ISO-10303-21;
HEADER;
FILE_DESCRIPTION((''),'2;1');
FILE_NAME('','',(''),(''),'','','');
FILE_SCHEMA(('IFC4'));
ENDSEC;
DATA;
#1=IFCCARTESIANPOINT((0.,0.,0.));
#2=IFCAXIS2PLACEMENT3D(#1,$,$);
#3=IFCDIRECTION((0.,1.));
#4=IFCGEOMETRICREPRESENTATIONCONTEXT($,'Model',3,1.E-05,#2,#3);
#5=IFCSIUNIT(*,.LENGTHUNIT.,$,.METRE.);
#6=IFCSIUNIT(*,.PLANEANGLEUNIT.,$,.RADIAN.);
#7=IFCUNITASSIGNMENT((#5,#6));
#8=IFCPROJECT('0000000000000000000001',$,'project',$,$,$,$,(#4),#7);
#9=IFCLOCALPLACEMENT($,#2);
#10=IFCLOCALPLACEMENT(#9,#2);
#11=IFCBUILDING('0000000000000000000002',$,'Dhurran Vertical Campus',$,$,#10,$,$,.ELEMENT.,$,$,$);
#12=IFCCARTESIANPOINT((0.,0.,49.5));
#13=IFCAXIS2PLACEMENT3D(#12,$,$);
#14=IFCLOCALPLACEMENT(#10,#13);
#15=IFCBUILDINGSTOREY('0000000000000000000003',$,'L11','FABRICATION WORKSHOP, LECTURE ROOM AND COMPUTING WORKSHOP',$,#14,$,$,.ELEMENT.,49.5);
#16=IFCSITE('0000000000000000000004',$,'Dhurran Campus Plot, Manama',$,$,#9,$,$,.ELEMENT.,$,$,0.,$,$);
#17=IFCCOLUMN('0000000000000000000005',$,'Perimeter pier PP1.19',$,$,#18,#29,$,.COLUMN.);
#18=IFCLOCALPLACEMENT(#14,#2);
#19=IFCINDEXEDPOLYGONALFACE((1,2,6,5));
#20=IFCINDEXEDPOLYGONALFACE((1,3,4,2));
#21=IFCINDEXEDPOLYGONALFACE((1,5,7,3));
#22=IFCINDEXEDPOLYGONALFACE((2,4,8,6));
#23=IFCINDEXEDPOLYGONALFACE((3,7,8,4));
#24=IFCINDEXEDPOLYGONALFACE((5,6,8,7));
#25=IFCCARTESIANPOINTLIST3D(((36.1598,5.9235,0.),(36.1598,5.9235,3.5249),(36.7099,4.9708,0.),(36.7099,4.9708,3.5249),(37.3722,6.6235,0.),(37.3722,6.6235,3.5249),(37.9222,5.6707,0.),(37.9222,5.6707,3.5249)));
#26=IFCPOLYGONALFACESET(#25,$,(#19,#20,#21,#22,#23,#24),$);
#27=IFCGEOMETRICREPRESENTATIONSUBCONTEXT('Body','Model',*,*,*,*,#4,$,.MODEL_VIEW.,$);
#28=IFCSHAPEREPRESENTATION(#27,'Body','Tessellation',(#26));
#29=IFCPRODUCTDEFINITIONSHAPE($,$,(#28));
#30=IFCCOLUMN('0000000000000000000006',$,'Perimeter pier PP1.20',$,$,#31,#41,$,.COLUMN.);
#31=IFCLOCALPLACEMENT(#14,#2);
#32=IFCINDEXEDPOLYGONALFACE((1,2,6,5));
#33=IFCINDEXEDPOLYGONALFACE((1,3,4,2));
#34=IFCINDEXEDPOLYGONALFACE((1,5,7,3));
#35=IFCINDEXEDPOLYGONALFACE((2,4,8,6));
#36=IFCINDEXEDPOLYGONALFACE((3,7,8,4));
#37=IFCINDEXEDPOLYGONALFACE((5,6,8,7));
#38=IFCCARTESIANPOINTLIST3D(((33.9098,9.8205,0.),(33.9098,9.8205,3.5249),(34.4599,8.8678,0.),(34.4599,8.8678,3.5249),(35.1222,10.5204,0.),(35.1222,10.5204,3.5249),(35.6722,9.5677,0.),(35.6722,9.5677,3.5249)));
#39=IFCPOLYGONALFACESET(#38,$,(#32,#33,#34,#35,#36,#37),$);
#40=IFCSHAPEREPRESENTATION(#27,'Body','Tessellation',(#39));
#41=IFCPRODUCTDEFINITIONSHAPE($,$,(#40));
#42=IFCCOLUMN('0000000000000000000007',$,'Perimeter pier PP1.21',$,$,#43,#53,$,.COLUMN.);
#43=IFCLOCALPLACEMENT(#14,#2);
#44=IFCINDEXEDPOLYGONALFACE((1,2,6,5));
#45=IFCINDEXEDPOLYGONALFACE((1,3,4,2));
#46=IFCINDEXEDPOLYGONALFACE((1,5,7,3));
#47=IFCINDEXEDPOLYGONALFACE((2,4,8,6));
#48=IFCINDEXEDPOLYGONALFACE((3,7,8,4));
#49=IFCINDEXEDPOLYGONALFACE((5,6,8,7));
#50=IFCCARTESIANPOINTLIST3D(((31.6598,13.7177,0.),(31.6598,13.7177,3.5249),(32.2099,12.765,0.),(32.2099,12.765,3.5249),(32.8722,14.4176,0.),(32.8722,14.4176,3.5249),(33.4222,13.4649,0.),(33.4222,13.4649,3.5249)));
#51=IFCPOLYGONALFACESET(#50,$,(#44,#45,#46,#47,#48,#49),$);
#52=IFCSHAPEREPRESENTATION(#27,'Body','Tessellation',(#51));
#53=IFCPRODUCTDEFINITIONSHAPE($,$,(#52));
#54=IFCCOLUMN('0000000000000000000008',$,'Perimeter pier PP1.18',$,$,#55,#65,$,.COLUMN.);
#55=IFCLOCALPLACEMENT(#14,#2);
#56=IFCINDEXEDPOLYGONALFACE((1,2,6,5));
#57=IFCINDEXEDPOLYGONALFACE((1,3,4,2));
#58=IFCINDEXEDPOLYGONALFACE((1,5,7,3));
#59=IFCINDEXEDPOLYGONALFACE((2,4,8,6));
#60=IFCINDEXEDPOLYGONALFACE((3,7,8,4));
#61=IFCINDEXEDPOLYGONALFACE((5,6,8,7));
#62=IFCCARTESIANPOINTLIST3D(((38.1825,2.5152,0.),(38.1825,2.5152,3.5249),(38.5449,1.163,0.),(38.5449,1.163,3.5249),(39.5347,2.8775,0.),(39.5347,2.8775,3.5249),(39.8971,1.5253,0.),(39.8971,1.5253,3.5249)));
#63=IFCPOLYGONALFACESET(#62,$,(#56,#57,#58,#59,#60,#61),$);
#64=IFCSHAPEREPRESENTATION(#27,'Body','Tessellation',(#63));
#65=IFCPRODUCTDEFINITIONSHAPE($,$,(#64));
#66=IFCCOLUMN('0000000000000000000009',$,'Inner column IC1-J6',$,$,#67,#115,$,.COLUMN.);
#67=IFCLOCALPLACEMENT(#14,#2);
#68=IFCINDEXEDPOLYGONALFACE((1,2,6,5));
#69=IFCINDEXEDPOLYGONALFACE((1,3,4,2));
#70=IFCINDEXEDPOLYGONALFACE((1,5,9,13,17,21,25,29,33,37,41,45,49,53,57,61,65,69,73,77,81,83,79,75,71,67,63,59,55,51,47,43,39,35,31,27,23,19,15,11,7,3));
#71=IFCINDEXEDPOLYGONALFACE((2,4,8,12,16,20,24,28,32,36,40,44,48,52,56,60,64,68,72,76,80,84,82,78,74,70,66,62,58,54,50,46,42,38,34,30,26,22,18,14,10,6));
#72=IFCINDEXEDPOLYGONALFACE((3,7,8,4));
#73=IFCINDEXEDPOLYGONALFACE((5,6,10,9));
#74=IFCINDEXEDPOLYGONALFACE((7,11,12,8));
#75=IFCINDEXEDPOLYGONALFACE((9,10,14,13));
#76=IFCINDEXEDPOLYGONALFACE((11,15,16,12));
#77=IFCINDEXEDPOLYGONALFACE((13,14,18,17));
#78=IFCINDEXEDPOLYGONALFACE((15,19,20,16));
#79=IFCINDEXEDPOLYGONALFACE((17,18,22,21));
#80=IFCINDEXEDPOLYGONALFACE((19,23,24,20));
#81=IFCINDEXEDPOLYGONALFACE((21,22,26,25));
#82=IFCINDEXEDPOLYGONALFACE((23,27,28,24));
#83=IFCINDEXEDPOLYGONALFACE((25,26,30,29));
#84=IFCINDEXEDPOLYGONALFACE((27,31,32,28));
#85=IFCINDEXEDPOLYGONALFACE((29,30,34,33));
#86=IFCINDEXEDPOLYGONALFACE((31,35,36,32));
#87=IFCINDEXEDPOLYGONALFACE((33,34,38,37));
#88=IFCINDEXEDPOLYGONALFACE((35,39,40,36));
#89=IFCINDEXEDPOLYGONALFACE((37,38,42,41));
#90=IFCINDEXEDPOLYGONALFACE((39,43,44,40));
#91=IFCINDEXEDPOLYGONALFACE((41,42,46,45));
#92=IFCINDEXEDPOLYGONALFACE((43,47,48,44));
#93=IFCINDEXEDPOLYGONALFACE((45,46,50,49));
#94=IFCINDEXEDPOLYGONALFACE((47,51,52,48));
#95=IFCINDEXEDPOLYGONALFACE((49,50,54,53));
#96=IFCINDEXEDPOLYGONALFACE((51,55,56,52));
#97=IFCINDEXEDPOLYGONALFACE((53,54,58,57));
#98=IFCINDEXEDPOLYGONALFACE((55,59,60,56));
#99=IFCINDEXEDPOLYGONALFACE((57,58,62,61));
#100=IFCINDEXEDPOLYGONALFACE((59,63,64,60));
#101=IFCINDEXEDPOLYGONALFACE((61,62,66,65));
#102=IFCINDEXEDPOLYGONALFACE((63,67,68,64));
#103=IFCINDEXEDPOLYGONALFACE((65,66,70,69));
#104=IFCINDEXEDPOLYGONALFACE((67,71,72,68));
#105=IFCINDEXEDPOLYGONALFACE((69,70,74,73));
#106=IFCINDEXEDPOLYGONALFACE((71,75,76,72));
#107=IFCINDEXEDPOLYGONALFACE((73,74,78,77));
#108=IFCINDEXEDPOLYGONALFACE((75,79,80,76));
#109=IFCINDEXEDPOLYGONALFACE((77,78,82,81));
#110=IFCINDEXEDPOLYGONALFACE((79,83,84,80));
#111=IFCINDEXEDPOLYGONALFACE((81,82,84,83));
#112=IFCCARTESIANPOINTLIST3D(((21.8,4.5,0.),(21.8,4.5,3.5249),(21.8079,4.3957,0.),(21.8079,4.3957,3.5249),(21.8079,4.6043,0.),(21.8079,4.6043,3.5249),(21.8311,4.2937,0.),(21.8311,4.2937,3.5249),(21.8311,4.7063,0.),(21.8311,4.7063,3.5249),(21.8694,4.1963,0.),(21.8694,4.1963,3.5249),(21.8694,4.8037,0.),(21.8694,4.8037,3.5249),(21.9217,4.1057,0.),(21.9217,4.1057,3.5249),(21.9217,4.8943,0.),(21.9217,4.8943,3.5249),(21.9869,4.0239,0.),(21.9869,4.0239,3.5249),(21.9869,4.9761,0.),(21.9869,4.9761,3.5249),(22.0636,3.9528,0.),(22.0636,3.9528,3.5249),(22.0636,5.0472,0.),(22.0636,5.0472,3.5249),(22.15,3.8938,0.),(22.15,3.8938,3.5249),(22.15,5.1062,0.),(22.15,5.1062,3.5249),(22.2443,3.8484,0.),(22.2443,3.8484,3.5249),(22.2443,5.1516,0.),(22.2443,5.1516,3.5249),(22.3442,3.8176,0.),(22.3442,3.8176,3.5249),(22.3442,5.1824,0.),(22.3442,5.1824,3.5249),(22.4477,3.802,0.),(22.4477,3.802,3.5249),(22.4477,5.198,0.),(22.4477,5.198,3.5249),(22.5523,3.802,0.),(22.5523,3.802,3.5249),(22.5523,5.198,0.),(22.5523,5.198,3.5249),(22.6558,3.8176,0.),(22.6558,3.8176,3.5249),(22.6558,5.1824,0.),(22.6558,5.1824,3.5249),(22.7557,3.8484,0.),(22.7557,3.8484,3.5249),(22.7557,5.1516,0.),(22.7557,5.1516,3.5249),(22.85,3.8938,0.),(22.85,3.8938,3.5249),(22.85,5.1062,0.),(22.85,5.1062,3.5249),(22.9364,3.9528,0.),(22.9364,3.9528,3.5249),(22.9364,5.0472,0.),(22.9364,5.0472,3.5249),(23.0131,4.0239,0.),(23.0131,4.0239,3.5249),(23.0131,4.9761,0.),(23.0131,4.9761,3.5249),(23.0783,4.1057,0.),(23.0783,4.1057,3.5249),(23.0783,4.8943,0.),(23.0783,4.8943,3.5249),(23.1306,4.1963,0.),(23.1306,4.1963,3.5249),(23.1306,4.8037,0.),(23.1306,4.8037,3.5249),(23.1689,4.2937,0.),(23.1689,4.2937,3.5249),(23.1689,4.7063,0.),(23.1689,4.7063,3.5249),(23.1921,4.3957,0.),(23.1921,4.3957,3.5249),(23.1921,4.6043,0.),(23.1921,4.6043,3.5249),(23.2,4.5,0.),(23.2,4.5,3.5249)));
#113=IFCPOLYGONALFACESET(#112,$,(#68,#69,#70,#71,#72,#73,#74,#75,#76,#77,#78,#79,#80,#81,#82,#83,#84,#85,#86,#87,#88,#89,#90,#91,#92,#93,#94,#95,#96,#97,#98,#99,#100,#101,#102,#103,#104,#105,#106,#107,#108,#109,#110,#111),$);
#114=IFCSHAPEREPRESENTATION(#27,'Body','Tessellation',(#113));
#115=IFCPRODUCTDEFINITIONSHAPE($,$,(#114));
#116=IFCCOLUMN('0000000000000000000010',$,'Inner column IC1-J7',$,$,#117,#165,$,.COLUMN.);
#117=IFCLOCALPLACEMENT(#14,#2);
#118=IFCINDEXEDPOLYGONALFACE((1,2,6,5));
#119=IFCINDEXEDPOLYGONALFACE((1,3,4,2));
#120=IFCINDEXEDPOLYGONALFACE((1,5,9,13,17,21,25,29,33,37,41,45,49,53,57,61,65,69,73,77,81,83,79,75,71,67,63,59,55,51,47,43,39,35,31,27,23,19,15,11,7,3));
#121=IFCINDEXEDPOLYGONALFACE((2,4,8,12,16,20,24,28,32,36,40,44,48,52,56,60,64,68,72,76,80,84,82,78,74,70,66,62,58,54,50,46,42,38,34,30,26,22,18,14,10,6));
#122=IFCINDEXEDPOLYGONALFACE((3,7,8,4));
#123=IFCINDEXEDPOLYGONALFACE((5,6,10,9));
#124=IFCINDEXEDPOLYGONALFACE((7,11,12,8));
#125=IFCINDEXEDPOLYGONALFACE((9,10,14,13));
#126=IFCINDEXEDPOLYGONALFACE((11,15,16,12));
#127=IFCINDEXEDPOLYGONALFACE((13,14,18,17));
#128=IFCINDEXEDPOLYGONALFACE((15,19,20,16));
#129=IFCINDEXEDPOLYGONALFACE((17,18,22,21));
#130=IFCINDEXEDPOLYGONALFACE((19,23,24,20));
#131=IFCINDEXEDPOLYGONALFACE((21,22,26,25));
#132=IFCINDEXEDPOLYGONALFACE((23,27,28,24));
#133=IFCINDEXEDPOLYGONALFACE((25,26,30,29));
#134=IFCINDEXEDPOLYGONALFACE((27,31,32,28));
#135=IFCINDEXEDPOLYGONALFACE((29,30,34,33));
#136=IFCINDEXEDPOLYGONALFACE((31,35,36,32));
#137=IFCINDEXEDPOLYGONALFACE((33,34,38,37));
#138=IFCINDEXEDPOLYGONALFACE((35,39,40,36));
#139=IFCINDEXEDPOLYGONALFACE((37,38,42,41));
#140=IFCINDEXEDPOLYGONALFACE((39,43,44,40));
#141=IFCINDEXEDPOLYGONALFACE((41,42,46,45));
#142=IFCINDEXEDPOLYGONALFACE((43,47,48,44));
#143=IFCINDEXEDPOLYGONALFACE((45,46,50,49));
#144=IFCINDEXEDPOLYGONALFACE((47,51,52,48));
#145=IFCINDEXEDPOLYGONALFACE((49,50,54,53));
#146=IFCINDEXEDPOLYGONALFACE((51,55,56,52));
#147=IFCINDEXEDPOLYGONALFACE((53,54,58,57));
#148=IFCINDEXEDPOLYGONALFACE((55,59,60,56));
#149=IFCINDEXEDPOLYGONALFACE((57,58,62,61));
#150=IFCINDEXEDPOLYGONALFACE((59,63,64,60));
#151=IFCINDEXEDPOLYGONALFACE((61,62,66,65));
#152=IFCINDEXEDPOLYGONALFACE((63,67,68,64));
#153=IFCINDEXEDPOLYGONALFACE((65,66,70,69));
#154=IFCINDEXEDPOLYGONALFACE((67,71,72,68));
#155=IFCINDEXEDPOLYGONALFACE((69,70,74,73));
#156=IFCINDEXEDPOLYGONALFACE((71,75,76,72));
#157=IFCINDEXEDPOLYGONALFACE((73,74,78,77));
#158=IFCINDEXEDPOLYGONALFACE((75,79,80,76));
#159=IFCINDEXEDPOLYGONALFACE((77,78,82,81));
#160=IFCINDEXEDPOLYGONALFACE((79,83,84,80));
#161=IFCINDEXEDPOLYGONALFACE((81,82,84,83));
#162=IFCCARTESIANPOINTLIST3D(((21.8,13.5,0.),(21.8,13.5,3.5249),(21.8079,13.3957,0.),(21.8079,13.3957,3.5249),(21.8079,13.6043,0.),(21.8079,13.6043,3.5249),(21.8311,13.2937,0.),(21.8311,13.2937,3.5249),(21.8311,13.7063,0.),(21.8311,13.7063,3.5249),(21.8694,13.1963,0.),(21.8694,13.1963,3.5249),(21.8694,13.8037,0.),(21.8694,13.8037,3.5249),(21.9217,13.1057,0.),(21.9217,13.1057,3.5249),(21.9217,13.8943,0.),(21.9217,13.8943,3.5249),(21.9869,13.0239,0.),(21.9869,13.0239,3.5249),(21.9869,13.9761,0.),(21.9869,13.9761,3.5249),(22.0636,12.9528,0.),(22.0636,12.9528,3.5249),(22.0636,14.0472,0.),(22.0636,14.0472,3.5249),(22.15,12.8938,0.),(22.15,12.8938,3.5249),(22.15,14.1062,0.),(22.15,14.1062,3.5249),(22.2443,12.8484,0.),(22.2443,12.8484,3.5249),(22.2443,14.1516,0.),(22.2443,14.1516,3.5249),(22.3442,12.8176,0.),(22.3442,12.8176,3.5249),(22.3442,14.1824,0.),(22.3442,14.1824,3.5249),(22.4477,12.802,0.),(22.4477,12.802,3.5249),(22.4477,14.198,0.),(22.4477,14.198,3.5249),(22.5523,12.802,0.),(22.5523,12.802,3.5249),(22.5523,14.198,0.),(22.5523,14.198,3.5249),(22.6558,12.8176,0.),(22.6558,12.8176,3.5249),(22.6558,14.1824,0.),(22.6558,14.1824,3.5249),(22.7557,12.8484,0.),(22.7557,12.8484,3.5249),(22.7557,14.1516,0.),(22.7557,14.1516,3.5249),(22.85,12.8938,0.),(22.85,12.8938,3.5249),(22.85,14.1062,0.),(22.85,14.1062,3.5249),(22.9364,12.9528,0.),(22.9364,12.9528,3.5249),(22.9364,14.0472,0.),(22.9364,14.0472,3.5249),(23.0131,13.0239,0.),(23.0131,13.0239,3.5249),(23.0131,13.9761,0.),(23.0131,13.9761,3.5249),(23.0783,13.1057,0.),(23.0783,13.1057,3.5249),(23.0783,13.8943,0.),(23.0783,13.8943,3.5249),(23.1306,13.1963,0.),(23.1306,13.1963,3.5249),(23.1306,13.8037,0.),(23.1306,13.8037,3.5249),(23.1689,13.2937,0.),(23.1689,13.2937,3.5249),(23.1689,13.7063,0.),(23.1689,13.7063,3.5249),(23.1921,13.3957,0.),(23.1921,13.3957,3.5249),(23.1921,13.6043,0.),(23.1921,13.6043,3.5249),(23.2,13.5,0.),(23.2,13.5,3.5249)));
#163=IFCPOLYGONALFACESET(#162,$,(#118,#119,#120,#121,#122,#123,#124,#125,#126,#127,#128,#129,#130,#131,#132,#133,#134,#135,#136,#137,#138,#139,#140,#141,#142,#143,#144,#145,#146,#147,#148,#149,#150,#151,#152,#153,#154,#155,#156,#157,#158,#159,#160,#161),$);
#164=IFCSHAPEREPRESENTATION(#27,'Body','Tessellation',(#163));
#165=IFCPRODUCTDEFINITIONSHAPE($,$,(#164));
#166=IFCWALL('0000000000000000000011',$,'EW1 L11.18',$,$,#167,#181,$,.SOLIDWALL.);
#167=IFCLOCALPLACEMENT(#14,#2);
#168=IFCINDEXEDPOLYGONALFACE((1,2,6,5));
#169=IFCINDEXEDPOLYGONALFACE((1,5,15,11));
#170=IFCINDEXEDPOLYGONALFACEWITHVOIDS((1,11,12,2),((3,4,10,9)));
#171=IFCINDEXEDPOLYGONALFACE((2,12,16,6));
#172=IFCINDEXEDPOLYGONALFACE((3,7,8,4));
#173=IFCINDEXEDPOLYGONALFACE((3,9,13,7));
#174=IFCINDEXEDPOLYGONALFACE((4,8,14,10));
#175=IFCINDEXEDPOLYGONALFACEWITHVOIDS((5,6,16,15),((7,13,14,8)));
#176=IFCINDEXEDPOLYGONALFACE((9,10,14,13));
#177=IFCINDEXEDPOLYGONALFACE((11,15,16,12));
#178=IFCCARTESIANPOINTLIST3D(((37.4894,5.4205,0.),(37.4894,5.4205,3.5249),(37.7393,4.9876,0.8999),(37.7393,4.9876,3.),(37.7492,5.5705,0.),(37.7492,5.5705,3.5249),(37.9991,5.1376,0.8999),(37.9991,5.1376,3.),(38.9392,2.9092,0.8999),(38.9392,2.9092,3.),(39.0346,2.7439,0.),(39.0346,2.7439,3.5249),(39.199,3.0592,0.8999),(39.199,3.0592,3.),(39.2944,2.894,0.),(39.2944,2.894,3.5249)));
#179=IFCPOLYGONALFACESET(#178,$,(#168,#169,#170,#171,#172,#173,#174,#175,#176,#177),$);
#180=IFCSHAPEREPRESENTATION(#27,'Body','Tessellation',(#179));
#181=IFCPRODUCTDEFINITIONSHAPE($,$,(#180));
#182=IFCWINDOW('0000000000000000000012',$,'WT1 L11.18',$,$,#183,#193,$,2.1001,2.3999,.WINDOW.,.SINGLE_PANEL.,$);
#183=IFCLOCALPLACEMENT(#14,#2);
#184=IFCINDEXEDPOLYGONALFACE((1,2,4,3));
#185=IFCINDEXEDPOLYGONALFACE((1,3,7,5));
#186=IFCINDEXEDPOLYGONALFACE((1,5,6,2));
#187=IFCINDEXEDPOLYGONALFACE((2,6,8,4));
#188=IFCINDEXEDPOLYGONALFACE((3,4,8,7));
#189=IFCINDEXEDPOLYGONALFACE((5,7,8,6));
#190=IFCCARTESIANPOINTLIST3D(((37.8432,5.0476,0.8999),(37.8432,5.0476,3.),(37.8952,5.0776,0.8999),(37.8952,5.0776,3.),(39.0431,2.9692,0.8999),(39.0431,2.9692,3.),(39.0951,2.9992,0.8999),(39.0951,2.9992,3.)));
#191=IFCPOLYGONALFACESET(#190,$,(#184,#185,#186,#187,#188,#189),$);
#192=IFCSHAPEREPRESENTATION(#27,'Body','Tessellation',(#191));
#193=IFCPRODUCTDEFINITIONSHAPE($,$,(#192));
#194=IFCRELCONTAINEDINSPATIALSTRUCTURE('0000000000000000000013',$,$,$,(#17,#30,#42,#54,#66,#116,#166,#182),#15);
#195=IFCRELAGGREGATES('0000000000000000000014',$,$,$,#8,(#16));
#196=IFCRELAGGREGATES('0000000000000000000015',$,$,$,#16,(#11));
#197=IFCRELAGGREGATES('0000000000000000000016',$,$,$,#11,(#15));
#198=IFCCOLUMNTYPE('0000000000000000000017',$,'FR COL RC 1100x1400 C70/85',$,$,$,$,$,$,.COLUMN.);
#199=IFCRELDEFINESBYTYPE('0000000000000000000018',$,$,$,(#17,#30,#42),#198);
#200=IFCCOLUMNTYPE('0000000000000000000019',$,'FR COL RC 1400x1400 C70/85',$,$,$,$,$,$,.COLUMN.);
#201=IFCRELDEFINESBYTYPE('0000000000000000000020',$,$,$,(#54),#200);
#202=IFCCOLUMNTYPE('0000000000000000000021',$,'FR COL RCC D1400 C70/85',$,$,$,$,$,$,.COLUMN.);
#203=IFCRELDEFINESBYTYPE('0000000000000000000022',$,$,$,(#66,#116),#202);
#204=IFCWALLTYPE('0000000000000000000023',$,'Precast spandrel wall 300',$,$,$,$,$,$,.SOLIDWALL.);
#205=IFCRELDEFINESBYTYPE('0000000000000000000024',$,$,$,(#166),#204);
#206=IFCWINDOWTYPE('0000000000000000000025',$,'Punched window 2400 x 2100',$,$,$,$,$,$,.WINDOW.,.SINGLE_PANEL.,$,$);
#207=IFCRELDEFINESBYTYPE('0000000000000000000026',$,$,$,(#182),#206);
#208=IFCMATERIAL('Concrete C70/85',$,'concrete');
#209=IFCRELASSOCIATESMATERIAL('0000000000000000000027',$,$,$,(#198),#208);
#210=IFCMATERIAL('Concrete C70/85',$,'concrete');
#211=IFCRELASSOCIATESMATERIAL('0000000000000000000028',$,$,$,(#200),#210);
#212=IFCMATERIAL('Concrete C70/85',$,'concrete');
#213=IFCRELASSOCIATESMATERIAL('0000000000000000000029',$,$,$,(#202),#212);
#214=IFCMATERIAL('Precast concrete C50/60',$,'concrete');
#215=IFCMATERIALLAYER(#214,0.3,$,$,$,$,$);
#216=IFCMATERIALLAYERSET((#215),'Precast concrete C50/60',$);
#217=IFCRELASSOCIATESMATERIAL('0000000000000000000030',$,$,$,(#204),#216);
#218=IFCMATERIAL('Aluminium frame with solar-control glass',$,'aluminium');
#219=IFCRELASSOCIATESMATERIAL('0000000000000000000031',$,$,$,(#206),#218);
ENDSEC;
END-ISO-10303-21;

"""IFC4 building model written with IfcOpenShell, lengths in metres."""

from ifc_helpers import new_model, si_unit, direction, frame, frame_2d, origin, origin_2d, place, context, subcontext, project, spatial, rectangle, circle, extrude, material, layer, layer_set, material_profile, profile_set, type_object, element, fill, save


model = new_model("IFC4")

# Units and contexts
model_context = context("Model", 3, precision=1e-05, world=origin(), true_north=direction((0.0, 1.0)))
body_context = subcontext(model_context, "Body", "Model", "MODEL_VIEW")
ifc_project = project(units=[si_unit("LENGTHUNIT", "METRE"), si_unit("PLANEANGLEUNIT", "RADIAN")], contexts=[model_context])

# Site, building, storey
site_placement = place(None, origin())
site = spatial("IfcSite", under=ifc_project, at=site_placement, Name="Dhurran Campus Plot, Manama", CompositionType="ELEMENT", RefElevation=0.0)
building_placement = place(site_placement, origin())
building = spatial("IfcBuilding", under=site, at=building_placement, Name="Dhurran Vertical Campus", CompositionType="ELEMENT")
storey_placement = place(building_placement, frame((0.0, 0.0, 49.5)))
storey = spatial("IfcBuildingStorey", under=building, at=storey_placement, Name="L11", Description="FABRICATION WORKSHOP, LECTURE ROOM AND COMPUTING WORKSHOP", CompositionType="ELEMENT", Elevation=49.5)

# Columns
ifc_material_1 = material(Name="Concrete C70/85", Category="concrete")
ifc_material_profile_1 = material_profile(ifc_material_1, rectangle(XDim=1.1001, YDim=1.3999, at=origin_2d()), Name="RC 1100x1400")
ifc_profile_set_1 = profile_set([ifc_material_profile_1], Name="Concrete C70/85")
column_type_1 = type_object("IfcColumnType", Name="FR COL RC 1100x1400 C70/85", PredefinedType="COLUMN", material=ifc_profile_set_1)
for number, where, z_axis, x_axis, name in (
    (1, (37.041, 5.7971, 0.0), (0.0, 0.0, 1.0), (-0.5, 0.866025, 0.0), "Perimeter pier PP1.19"),
    (2, (34.791, 9.6941, 0.0), (0.0, 0.0, 1.0), (-0.5, 0.866025, 0.0), "Perimeter pier PP1.20"),
    (3, (32.541, 13.5913, 0.0), (0.0, 0.0, 1.0), (-0.5, 0.866025, 0.0), "Perimeter pier PP1.21"),
):
    element("IfcColumn", number, at=place(storey_placement, frame(where, z_axis=z_axis, x_axis=x_axis)), inside=storey, type_object=column_type_1, Name=name, PredefinedType="COLUMN", context=body_context, shape_type="SweptSolid", body=[
        extrude(rectangle(XDim=1.1001, YDim=1.3999, at=origin_2d()), origin(), (0.0, 0.0, 1.0), 3.5249),
    ])
ifc_material_2 = material(Name="Concrete C70/85", Category="concrete")
ifc_material_profile_2 = material_profile(ifc_material_2, rectangle(XDim=1.3999, YDim=1.3999, at=origin_2d()), Name="RC 1400x1400")
ifc_profile_set_2 = profile_set([ifc_material_profile_2], Name="Concrete C70/85")
column_type_2 = type_object("IfcColumnType", Name="FR COL RC 1400x1400 C70/85", PredefinedType="COLUMN", material=ifc_profile_set_2)
column_placement = place(storey_placement, frame((39.0398, 2.0203, 0.0), z_axis=(0.0, 0.0, 1.0), x_axis=(-0.258819, 0.965926, 0.0)))
element("IfcColumn", 4, at=column_placement, inside=storey, type_object=column_type_2, Name="Perimeter pier PP1.18", PredefinedType="COLUMN", context=body_context, shape_type="SweptSolid", body=[
    extrude(rectangle(XDim=1.3999, YDim=1.3999, at=origin_2d()), origin(), (0.0, 0.0, 1.0), 3.5249),
])
ifc_material_3 = material(Name="Concrete C70/85", Category="concrete")
ifc_material_profile_3 = material_profile(ifc_material_3, circle(Radius=0.7, at=origin_2d()), Name="RCC D1400")
ifc_profile_set_3 = profile_set([ifc_material_profile_3], Name="Concrete C70/85")
column_type_3 = type_object("IfcColumnType", Name="FR COL RCC D1400 C70/85", PredefinedType="COLUMN", material=ifc_profile_set_3)
for number, where, z_axis, x_axis, name in (
    (5, (22.5, 4.5, 0.0), (0.0, 0.0, 1.0), (1.0, 0.0, 0.0), "Inner column IC1-J6"),
    (6, (22.5, 13.5, 0.0), (0.0, 0.0, 1.0), (1.0, 0.0, 0.0), "Inner column IC1-J7"),
):
    element("IfcColumn", number, at=place(storey_placement, frame(where, z_axis=z_axis, x_axis=x_axis)), inside=storey, type_object=column_type_3, Name=name, PredefinedType="COLUMN", context=body_context, shape_type="SweptSolid", body=[
        extrude(circle(Radius=0.7, at=origin_2d()), origin(), (0.0, 0.0, 1.0), 3.5249),
    ])

# Wall, opening, window
ifc_material_4 = material(Name="Precast concrete C50/60", Category="concrete")
ifc_layer_1 = layer(ifc_material_4, 0.3)
ifc_layer_set_1 = layer_set([ifc_layer_1], Name="Precast concrete C50/60")
wall_type_1 = type_object("IfcWallType", Name="Precast spandrel wall 300", PredefinedType="SOLIDWALL", material=ifc_layer_set_1)
wall_1_placement = place(storey_placement, frame((39.1646, 2.8188, 0.0), z_axis=(0.0, 0.0, 1.0), x_axis=(-0.499971, 0.866042, 0.0)))
wall_1 = element("IfcWall", 7, at=wall_1_placement, inside=storey, type_object=wall_type_1, Name="EW1 L11.18", PredefinedType="SOLIDWALL", context=body_context, shape_type="SweptSolid", body=[
    extrude(rectangle(XDim=3.0906, YDim=0.3, at=frame_2d((1.5454, 0.0))), origin(), (0.0, 0.0, 1.0), 3.5249),
])
opening_1_placement = place(wall_1_placement, frame((0.1909, 0.0, 0.8999)))
opening_1 = element("IfcOpeningElement", 8, at=opening_1_placement, cuts=wall_1, PredefinedType="OPENING", context=body_context, shape_type="SweptSolid", body=[
    extrude(rectangle(XDim=2.3999, YDim=2.1001, at=frame_2d((1.2, 1.05))), frame((0.0, 0.1599, 0.0), z_axis=(0.0, -1.0, 0.0), x_axis=(1.0, 0.0, 0.0)), (0.0, 0.0, 1.0), 0.3201),
])
ifc_material_5 = material(Name="Aluminium frame with solar-control glass", Category="aluminium")
window_type = type_object("IfcWindowType", Name="Punched window 2400 x 2100", PartitioningType="SINGLE_PANEL", PredefinedType="WINDOW", material=ifc_material_5)
window_1_placement = place(opening_1_placement, origin())
window_1 = element("IfcWindow", 9, at=window_1_placement, inside=storey, type_object=window_type, Name="WT1 L11.18", OverallHeight=2.1001, OverallWidth=2.3999, PartitioningType="SINGLE_PANEL", PredefinedType="WINDOW", context=body_context, shape_type="SweptSolid", body=[
    extrude(rectangle(XDim=2.3999, YDim=2.1001, at=frame_2d((1.2, 1.05))), frame((0.0, 0.03, 0.0), z_axis=(0.0, -1.0, 0.0), x_axis=(1.0, 0.0, 0.0)), (0.0, 0.0, 1.0), 0.0601),
])
fill(opening_1, window_1)

save(model, "model.ifc")
